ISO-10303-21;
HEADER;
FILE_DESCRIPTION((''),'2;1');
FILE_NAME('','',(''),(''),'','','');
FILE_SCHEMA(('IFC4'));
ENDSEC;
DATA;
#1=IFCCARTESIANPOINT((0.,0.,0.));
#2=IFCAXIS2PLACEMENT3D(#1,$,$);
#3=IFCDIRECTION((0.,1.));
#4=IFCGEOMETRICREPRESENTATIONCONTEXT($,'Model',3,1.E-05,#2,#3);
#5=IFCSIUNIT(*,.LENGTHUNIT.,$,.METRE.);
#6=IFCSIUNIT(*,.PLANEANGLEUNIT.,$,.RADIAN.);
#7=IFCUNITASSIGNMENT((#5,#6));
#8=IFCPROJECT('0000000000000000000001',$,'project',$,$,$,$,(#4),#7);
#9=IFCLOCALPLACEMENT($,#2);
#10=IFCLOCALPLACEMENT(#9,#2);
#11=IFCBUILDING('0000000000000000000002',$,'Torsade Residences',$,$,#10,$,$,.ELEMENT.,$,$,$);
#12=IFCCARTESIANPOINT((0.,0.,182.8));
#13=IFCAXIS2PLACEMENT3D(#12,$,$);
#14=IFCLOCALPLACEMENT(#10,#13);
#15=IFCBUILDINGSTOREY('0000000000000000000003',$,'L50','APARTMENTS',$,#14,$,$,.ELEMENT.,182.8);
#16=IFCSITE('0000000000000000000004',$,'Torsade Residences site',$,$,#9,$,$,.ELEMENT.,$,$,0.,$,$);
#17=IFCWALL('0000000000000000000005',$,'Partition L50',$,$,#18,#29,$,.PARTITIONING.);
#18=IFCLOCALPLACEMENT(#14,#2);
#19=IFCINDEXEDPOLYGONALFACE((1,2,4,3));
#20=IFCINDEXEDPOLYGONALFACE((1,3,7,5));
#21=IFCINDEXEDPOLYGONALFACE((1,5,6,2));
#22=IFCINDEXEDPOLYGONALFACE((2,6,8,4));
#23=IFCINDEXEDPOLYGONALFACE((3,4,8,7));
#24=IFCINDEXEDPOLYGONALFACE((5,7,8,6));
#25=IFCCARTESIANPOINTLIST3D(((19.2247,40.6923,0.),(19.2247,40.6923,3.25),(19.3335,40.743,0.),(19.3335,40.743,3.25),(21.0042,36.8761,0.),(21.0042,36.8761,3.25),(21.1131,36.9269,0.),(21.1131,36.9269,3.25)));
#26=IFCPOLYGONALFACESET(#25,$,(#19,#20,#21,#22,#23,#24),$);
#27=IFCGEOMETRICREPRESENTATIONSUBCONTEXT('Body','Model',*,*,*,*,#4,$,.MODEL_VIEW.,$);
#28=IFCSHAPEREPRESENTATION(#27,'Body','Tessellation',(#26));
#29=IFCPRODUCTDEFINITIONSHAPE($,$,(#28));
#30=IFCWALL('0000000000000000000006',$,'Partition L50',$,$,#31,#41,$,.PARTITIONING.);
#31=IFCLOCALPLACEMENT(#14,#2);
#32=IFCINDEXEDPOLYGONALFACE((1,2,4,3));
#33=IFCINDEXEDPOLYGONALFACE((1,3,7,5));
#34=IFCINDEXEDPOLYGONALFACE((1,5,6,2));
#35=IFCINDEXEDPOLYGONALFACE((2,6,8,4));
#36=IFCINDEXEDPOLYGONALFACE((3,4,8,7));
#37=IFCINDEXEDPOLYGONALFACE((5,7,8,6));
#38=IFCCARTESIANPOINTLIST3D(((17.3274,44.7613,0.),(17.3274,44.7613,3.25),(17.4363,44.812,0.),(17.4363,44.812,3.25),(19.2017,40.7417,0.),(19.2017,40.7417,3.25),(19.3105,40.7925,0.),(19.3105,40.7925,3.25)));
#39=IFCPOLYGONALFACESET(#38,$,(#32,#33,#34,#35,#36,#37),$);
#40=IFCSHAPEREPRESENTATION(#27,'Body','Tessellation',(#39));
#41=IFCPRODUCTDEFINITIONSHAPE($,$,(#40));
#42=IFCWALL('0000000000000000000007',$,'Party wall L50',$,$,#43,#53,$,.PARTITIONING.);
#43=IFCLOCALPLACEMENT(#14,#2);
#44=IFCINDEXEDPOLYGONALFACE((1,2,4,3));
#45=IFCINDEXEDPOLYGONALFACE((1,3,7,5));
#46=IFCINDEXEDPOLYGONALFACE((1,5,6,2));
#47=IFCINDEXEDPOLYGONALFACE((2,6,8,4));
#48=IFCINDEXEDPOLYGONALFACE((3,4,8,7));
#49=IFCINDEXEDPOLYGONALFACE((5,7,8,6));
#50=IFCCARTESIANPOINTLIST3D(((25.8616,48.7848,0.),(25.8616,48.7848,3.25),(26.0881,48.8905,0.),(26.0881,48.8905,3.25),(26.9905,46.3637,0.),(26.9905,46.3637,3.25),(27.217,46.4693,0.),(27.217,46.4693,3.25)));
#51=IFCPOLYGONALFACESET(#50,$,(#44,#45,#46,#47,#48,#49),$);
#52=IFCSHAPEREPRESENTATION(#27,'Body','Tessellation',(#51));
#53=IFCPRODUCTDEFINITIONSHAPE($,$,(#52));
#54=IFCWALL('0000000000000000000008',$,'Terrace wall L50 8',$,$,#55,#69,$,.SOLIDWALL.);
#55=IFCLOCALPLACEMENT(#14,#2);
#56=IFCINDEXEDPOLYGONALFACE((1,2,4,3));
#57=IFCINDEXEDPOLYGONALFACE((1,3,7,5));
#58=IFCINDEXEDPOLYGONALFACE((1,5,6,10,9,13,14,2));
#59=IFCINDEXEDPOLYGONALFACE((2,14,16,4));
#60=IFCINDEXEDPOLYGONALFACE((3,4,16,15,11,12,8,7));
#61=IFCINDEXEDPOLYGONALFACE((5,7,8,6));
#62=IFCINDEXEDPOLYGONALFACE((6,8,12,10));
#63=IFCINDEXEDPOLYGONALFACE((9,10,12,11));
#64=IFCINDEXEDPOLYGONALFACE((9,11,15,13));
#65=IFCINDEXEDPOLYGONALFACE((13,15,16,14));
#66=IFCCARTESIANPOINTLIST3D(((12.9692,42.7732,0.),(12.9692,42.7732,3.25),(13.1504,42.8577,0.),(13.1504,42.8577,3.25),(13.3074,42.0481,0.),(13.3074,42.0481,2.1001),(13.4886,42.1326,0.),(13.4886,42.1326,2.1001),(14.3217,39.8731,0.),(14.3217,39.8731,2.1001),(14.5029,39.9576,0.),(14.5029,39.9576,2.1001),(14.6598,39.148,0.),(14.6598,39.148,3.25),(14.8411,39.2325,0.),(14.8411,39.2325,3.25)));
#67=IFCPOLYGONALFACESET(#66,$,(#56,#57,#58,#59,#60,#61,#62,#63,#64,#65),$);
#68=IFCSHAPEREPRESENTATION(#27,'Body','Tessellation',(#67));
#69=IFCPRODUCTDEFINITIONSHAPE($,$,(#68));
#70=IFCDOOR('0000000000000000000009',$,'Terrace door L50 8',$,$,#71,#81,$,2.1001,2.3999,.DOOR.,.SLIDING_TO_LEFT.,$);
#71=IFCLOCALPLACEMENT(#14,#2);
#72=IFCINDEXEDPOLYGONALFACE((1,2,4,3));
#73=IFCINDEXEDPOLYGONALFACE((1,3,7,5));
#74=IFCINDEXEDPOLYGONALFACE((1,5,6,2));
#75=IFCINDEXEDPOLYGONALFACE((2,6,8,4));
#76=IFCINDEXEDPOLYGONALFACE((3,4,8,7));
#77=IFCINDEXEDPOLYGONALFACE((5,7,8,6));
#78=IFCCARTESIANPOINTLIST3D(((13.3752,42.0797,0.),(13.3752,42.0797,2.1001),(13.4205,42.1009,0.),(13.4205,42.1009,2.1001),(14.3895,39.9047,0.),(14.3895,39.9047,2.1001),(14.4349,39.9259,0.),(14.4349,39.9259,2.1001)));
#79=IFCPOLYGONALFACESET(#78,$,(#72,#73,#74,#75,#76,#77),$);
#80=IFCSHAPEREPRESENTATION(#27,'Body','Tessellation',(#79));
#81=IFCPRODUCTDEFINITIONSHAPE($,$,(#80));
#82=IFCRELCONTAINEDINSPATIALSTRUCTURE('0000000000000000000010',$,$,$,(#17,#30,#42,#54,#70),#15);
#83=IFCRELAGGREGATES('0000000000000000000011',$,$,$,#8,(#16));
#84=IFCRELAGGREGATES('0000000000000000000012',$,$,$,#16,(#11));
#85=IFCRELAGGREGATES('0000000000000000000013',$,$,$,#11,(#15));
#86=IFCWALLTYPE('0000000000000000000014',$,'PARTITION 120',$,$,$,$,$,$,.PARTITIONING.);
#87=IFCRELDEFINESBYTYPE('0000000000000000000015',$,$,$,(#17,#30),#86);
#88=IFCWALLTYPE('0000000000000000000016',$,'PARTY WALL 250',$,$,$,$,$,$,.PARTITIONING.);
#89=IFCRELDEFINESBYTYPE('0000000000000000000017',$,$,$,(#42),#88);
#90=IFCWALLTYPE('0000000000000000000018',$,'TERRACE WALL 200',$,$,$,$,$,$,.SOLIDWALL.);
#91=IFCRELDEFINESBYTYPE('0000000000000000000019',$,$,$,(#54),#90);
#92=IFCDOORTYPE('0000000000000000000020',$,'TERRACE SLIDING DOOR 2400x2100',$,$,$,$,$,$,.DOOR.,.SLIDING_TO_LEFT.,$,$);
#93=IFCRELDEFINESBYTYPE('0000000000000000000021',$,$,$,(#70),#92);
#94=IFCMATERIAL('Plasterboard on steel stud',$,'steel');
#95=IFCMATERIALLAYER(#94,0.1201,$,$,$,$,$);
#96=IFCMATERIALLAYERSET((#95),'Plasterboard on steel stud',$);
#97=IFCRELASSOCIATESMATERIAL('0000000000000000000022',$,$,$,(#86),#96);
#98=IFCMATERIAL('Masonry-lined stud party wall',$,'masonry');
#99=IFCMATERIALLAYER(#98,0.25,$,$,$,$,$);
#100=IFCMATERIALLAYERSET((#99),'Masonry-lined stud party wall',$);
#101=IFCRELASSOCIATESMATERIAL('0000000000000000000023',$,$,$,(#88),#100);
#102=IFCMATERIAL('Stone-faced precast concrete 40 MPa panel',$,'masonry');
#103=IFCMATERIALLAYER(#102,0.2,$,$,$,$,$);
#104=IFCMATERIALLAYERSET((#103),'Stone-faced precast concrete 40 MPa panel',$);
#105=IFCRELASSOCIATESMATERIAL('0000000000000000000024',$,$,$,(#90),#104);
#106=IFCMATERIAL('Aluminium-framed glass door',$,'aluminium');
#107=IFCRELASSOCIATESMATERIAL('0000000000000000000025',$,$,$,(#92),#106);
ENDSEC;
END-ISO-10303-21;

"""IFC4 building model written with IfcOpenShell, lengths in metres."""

from ifc_helpers import new_model, si_unit, direction, frame, frame_2d, origin, place, context, subcontext, project, spatial, rectangle, extrude, material, layer, layer_set, type_object, element, fill, save


model = new_model("IFC4")

# Units and contexts
model_context = context("Model", 3, precision=1e-05, world=origin(), true_north=direction((0.0, 1.0)))
body_context = subcontext(model_context, "Body", "Model", "MODEL_VIEW")
ifc_project = project(units=[si_unit("LENGTHUNIT", "METRE"), si_unit("PLANEANGLEUNIT", "RADIAN")], contexts=[model_context])

# Site, building, storey
site_placement = place(None, origin())
site = spatial("IfcSite", under=ifc_project, at=site_placement, Name="Torsade Residences site", CompositionType="ELEMENT", RefElevation=0.0)
building_placement = place(site_placement, origin())
building = spatial("IfcBuilding", under=site, at=building_placement, Name="Torsade Residences", CompositionType="ELEMENT")
storey_placement = place(building_placement, frame((0.0, 0.0, 182.8)))
storey = spatial("IfcBuildingStorey", under=building, at=storey_placement, Name="L50", Description="APARTMENTS", CompositionType="ELEMENT", Elevation=182.8)

# Walls
ifc_material_1 = material(Name="Plasterboard on steel stud", Category="steel")
ifc_layer_1 = layer(ifc_material_1, 0.1201)
ifc_layer_set_1 = layer_set([ifc_layer_1], Name="Plasterboard on steel stud")
wall_type_1 = type_object("IfcWallType", Name="PARTITION 120", PredefinedType="PARTITIONING", material=ifc_layer_set_1)
wall_1_placement = place(storey_placement, frame((19.2791, 40.7178, 0.0), z_axis=(0.0, 0.0, 1.0), x_axis=(0.422625, -0.906305, 0.0)))
element("IfcWall", 1, at=wall_1_placement, inside=storey, type_object=wall_type_1, Name="Partition L50", PredefinedType="PARTITIONING", context=body_context, shape_type="SweptSolid", body=[
    extrude(rectangle(XDim=4.2107, YDim=0.1201, at=frame_2d((2.1055, 0.0))), origin(), (0.0, 0.0, 1.0), 3.25),
])
wall_2_placement = place(storey_placement, frame((19.2561, 40.7671, 0.0), z_axis=(0.0, 0.0, 1.0), x_axis=(-0.422605, 0.906314, 0.0)))
element("IfcWall", 2, at=wall_2_placement, inside=storey, type_object=wall_type_1, Name="Partition L50", PredefinedType="PARTITIONING", context=body_context, shape_type="SweptSolid", body=[
    extrude(rectangle(XDim=4.4351, YDim=0.1201, at=frame_2d((2.2175, 0.0))), origin(), (0.0, 0.0, 1.0), 3.25),
])
ifc_material_2 = material(Name="Masonry-lined stud party wall", Category="masonry")
ifc_layer_2 = layer(ifc_material_2, 0.25)
ifc_layer_set_2 = layer_set([ifc_layer_2], Name="Masonry-lined stud party wall")
wall_type_2 = type_object("IfcWallType", Name="PARTY WALL 250", PredefinedType="PARTITIONING", material=ifc_layer_set_2)
wall_3_placement = place(storey_placement, frame((25.9749, 48.8376, 0.0), z_axis=(0.0, 0.0, 1.0), x_axis=(0.42259, -0.906321, 0.0)))
element("IfcWall", 3, at=wall_3_placement, inside=storey, type_object=wall_type_2, Name="Party wall L50", PredefinedType="PARTITIONING", context=body_context, shape_type="SweptSolid", body=[
    extrude(rectangle(XDim=2.6714, YDim=0.25, at=frame_2d((1.3357, 0.0))), origin(), (0.0, 0.0, 1.0), 3.25),
])

# Wall, opening, door
ifc_material_3 = material(Name="Stone-faced precast concrete 40 MPa panel", Category="masonry")
ifc_layer_3 = layer(ifc_material_3, 0.2)
ifc_layer_set_3 = layer_set([ifc_layer_3], Name="Stone-faced precast concrete 40 MPa panel")
wall_type_3 = type_object("IfcWallType", Name="TERRACE WALL 200", PredefinedType="SOLIDWALL", material=ifc_layer_set_3)
wall_4_placement = place(storey_placement, frame((13.0598, 42.8154, 0.0), z_axis=(0.0, 0.0, 1.0), x_axis=(0.422658, -0.906289, 0.0)))
wall_4 = element("IfcWall", 4, at=wall_4_placement, inside=storey, type_object=wall_type_3, Name="Terrace wall L50 8", PredefinedType="SOLIDWALL", context=body_context, shape_type="SweptSolid", body=[
    extrude(rectangle(XDim=4.0, YDim=0.2, at=frame_2d((2.0, 0.0))), origin(), (0.0, 0.0, 1.0), 3.25),
])
opening_placement = place(wall_4_placement, frame((0.8, 0.0, 0.0)))
opening = element("IfcOpeningElement", 5, at=opening_placement, cuts=wall_4, PredefinedType="OPENING", context=body_context, shape_type="SweptSolid", body=[
    extrude(rectangle(XDim=2.3999, YDim=2.1001, at=frame_2d((1.2, 1.05))), frame((0.0, 0.1099, 0.0), z_axis=(0.0, -1.0, 0.0), x_axis=(1.0, 0.0, 0.0)), (0.0, 0.0, 1.0), 0.22),
])
ifc_material_4 = material(Name="Aluminium-framed glass door", Category="aluminium")
door_type = type_object("IfcDoorType", Name="TERRACE SLIDING DOOR 2400x2100", OperationType="SLIDING_TO_LEFT", PredefinedType="DOOR", material=ifc_material_4)
door_placement = place(opening_placement, origin())
door = element("IfcDoor", 6, at=door_placement, inside=storey, type_object=door_type, Name="Terrace door L50 8", OperationType="SLIDING_TO_LEFT", OverallHeight=2.1001, OverallWidth=2.3999, PredefinedType="DOOR", context=body_context, shape_type="SweptSolid", body=[
    extrude(rectangle(XDim=2.3999, YDim=2.1001, at=frame_2d((1.2, 1.05))), frame((0.0, 0.0249, 0.0), z_axis=(0.0, -1.0, 0.0), x_axis=(1.0, 0.0, 0.0)), (0.0, 0.0, 1.0), 0.05),
])
fill(opening, door)

save(model, "model.ifc")
